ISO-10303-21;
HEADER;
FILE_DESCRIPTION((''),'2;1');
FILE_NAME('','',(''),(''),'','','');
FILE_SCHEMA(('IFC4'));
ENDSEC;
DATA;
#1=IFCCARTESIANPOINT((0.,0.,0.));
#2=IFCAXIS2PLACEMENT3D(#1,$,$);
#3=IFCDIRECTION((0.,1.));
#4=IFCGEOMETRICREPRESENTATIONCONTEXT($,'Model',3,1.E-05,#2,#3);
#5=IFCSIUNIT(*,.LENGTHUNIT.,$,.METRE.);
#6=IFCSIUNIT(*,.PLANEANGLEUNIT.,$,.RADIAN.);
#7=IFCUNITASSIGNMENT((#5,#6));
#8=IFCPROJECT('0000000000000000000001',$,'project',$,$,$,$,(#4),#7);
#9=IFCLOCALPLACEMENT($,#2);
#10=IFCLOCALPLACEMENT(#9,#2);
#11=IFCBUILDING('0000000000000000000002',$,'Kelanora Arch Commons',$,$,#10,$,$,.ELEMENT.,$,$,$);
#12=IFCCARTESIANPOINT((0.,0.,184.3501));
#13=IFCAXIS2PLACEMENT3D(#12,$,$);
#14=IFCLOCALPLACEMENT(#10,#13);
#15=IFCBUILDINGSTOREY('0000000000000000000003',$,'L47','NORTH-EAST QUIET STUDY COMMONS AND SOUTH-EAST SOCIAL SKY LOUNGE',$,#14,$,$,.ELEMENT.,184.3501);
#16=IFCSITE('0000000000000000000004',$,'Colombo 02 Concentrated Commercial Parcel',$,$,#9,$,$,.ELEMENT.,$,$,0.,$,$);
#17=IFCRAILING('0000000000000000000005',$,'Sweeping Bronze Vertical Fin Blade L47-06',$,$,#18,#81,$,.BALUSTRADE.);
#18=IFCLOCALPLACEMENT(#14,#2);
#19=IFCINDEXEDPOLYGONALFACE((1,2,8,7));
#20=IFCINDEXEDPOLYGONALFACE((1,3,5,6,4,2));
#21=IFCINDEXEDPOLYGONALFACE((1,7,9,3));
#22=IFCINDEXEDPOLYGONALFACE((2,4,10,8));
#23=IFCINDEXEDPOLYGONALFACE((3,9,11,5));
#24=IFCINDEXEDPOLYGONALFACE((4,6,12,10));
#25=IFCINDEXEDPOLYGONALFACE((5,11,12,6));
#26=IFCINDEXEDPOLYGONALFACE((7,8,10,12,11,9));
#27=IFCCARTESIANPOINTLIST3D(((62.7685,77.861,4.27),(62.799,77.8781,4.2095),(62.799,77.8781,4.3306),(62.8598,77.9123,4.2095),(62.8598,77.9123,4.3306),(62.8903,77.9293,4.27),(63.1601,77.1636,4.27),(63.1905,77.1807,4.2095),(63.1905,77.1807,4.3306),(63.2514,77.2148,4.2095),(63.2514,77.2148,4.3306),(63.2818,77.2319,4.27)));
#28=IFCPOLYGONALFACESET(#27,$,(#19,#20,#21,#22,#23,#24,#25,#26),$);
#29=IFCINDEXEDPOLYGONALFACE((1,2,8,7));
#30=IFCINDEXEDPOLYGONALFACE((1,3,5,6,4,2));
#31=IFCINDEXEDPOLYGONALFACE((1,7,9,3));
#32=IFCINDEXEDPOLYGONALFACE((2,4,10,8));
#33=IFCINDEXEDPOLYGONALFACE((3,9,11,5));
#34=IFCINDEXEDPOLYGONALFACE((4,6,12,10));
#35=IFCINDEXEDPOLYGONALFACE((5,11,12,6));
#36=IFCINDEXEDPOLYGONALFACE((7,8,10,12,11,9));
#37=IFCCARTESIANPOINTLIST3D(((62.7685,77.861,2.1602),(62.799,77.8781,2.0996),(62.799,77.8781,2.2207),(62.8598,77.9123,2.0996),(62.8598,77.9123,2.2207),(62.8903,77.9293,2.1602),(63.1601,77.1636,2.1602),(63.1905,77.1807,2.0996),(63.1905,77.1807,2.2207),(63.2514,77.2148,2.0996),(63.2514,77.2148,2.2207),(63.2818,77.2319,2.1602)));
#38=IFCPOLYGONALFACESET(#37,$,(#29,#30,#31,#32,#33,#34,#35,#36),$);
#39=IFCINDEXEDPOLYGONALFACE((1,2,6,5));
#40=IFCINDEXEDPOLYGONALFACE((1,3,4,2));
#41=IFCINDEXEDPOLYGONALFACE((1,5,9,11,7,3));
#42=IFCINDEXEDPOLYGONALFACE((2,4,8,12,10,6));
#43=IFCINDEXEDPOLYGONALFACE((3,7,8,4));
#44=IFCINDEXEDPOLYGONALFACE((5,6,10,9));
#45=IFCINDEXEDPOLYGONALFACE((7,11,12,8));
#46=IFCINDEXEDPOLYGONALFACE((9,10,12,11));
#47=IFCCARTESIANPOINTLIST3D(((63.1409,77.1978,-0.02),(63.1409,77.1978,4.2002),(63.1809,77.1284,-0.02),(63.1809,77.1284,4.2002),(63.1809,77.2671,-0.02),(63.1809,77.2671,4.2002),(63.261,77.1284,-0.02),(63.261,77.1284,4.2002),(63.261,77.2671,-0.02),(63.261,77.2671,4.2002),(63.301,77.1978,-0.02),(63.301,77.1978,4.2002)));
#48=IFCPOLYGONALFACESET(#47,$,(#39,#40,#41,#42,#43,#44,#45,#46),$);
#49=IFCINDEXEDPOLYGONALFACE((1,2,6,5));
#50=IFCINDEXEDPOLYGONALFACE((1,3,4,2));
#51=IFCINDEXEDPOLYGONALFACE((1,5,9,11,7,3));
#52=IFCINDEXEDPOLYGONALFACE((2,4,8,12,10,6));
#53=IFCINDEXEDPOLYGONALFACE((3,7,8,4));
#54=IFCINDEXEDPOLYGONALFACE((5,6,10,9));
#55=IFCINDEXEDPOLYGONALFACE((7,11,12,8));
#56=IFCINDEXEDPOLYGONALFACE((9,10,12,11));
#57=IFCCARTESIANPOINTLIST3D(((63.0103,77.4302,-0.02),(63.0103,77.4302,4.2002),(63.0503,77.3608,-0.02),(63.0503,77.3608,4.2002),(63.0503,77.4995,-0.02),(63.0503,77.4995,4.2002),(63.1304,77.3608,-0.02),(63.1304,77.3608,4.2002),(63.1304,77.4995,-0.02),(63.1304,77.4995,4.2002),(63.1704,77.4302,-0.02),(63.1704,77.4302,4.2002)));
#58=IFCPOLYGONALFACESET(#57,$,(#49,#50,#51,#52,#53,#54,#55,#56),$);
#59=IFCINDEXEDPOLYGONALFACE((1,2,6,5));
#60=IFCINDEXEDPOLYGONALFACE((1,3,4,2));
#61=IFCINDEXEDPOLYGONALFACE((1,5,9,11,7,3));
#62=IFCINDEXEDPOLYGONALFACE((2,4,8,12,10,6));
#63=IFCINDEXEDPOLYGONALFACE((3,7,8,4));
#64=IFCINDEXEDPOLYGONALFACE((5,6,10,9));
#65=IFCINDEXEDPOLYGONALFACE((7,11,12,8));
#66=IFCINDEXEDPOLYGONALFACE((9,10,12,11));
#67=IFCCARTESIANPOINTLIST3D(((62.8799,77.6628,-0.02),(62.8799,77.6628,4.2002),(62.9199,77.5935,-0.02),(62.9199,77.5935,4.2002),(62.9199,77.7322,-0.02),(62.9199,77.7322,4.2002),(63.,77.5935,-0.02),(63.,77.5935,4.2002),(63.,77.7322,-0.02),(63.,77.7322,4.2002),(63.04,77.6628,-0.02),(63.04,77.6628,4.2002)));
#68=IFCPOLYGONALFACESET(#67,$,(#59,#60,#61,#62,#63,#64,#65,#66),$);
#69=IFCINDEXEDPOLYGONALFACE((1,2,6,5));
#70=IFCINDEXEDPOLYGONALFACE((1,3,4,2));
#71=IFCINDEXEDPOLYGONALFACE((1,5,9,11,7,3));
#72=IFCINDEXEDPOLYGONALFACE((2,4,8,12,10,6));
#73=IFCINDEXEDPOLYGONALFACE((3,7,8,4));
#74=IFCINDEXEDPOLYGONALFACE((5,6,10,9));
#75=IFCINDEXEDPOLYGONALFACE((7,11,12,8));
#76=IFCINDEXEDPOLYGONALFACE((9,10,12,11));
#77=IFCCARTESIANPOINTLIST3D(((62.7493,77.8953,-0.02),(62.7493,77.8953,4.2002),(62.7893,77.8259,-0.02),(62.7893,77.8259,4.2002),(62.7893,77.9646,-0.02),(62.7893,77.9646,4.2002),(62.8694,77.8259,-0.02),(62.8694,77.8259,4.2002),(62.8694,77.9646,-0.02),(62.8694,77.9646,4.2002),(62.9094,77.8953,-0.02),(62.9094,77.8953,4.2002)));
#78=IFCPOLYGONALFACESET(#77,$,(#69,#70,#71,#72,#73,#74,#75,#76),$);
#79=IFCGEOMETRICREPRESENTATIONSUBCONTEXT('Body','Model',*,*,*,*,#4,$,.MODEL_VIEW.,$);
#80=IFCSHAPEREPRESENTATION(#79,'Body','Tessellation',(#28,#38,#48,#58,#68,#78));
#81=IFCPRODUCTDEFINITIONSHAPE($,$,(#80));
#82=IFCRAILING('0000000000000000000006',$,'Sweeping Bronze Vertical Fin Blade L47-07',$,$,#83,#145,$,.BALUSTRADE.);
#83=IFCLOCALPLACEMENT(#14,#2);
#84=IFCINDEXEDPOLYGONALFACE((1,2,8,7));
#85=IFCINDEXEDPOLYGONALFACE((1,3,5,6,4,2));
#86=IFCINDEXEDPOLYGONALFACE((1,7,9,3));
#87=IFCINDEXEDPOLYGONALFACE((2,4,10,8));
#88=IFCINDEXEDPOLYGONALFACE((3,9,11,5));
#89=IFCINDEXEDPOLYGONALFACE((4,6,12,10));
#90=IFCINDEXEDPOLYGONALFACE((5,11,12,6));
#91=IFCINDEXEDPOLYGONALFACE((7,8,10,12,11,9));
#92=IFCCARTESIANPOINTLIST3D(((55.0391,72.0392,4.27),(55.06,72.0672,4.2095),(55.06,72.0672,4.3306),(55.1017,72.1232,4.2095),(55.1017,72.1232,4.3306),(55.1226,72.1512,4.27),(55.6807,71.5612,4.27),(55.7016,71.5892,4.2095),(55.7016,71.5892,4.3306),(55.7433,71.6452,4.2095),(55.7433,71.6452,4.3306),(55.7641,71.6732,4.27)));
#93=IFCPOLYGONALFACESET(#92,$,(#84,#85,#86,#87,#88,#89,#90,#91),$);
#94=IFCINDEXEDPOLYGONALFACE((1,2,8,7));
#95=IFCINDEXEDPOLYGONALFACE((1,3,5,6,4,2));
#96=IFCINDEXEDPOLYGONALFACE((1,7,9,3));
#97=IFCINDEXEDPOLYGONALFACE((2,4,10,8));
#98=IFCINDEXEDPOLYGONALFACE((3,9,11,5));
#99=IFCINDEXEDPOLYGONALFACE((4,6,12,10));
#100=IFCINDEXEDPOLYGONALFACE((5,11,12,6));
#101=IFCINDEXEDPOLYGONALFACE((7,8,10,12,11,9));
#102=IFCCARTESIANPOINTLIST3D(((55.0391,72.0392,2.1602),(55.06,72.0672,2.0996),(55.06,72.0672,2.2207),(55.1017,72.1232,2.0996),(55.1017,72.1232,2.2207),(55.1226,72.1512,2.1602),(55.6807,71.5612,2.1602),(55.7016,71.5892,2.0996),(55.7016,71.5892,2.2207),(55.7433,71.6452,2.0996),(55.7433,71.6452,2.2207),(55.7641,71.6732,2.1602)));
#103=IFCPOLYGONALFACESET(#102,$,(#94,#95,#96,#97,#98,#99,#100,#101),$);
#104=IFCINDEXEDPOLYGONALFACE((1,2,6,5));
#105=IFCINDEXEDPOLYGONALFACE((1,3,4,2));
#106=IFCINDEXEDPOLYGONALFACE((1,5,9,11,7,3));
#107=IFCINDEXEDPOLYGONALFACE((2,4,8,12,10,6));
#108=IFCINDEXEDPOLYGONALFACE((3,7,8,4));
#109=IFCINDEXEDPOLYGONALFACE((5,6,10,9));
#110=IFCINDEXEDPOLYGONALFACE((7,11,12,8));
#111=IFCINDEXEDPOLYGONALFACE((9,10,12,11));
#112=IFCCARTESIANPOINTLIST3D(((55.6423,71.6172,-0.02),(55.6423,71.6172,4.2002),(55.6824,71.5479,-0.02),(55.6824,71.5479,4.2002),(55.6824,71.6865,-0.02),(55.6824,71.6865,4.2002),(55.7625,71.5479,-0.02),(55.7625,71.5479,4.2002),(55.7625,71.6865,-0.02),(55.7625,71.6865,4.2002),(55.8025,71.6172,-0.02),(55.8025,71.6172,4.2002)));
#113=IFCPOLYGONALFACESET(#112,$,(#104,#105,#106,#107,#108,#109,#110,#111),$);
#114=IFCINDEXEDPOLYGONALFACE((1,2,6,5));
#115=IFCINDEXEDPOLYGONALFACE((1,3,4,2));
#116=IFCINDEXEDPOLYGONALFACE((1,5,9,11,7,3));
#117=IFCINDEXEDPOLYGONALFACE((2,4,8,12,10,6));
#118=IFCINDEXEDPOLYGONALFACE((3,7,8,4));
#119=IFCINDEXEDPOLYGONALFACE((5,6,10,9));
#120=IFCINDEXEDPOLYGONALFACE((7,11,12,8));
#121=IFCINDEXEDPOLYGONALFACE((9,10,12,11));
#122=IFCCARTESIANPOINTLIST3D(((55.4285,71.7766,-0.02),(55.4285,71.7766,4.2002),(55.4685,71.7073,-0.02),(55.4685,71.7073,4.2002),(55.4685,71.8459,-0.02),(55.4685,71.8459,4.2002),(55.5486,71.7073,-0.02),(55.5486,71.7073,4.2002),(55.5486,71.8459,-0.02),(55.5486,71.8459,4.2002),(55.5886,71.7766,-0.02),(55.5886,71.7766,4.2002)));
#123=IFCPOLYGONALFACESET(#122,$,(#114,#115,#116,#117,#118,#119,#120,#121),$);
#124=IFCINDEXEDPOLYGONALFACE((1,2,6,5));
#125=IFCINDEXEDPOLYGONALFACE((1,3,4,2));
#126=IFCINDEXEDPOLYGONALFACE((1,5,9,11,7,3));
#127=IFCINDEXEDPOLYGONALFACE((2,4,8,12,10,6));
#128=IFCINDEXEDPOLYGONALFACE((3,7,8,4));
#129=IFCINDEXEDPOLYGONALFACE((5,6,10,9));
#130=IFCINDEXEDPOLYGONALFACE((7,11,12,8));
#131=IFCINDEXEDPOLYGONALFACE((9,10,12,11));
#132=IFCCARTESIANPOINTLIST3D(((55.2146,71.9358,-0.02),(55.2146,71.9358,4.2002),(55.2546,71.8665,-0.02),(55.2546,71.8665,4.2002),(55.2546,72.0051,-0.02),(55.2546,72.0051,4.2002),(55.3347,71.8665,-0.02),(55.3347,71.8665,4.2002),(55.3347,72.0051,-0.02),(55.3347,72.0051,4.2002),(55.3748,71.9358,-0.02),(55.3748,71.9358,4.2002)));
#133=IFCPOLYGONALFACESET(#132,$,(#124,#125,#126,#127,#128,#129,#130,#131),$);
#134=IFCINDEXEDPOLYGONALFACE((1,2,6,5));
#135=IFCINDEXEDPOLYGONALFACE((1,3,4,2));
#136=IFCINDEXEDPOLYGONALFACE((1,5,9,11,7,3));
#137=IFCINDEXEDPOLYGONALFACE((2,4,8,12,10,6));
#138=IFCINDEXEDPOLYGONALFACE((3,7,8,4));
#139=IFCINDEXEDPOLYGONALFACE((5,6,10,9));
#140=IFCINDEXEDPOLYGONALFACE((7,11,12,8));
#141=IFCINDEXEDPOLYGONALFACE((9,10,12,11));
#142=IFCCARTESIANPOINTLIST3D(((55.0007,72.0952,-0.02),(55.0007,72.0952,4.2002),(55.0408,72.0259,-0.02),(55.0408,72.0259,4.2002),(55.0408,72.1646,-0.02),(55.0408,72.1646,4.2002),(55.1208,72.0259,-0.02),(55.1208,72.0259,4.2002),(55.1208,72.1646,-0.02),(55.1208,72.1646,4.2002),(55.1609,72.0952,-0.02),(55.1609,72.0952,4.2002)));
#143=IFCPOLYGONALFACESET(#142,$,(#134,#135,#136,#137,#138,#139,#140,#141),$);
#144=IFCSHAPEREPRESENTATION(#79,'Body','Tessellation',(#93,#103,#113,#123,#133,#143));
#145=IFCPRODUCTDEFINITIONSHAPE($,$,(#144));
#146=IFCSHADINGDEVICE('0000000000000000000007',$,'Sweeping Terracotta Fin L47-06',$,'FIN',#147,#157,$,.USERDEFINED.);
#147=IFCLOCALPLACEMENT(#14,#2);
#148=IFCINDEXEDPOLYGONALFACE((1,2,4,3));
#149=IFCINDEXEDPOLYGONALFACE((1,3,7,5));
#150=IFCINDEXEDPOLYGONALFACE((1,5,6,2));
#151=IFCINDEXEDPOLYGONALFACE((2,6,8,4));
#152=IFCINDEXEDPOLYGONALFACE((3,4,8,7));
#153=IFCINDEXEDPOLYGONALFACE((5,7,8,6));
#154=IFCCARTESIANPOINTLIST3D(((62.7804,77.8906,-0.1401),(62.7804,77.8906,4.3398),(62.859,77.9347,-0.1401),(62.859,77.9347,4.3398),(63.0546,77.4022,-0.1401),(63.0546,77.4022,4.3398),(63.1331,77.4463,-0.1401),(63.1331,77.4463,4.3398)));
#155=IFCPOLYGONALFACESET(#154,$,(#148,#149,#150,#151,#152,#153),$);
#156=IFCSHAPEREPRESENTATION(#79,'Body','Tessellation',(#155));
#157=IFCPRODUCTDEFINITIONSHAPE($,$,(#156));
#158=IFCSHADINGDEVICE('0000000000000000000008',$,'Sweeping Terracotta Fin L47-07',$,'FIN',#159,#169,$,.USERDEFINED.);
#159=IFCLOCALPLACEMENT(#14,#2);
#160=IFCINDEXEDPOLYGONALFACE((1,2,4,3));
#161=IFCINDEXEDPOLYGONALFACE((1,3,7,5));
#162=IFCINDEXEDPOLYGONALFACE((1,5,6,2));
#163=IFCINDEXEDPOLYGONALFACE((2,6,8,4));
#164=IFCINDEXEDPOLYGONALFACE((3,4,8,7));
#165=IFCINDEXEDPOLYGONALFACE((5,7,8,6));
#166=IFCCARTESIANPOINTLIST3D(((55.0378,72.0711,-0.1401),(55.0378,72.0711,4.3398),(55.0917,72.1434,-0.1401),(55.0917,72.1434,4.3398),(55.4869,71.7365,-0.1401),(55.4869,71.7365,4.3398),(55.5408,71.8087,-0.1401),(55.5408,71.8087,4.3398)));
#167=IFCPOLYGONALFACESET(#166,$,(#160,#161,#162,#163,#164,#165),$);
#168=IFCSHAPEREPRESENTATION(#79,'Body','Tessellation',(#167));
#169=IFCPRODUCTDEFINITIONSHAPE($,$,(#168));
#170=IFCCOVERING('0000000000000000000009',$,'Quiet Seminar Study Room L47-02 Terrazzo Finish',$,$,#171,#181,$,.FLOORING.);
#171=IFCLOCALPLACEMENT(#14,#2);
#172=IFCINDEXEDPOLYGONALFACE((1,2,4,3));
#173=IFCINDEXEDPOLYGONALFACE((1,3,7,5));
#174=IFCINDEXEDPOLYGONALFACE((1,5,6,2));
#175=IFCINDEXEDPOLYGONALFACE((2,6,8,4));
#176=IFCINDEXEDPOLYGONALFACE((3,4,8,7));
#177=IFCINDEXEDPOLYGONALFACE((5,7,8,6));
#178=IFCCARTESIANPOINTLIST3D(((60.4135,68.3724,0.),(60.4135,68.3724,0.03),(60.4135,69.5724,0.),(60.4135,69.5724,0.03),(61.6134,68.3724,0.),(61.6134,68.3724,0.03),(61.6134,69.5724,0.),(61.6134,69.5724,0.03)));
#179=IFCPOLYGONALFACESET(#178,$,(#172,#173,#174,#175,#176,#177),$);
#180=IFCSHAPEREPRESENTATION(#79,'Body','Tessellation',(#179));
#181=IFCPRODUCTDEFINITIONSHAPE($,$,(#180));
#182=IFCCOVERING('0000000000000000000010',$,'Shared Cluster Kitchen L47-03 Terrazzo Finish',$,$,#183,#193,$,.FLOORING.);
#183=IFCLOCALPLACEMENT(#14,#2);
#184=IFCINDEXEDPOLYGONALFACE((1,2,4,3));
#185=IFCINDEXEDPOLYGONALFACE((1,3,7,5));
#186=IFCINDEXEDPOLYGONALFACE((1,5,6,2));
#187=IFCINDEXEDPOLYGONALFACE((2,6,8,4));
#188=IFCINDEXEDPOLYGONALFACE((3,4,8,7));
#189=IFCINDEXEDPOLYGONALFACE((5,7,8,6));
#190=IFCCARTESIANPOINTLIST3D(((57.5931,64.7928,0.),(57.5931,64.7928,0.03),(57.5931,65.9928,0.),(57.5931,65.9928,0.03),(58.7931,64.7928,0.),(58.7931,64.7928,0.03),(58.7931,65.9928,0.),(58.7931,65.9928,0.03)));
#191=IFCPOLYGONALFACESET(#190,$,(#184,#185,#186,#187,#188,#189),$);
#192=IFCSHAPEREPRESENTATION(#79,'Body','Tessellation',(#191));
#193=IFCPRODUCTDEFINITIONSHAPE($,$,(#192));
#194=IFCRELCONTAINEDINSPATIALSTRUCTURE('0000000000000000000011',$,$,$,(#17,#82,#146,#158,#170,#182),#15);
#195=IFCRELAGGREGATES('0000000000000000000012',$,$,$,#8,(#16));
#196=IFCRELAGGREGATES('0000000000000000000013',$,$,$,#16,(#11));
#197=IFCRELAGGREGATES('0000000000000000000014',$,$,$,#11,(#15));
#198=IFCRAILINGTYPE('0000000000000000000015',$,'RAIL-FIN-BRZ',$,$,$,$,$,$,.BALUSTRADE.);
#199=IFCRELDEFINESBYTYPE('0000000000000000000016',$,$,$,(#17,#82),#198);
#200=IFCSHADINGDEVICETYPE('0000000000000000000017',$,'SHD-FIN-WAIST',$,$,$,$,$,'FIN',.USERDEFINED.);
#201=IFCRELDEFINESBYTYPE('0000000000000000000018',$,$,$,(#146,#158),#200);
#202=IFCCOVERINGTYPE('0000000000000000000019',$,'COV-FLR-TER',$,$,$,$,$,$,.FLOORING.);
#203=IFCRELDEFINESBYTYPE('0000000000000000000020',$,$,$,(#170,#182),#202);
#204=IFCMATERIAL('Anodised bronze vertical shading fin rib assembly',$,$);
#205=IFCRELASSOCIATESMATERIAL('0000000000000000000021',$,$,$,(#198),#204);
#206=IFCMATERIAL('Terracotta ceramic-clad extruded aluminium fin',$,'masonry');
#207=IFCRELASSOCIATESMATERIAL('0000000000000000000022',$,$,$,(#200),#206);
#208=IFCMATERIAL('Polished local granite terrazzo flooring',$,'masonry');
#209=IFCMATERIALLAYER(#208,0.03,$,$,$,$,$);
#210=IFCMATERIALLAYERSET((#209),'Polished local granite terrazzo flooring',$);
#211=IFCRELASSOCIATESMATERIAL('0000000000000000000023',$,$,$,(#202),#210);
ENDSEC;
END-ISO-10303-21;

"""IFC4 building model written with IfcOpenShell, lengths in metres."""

from ifc_helpers import new_model, si_unit, direction, frame, origin, origin_2d, place, context, subcontext, project, spatial, polyline, rectangle, outline, extrude, source, transform, mapped, material, layer, layer_set, type_object, element, save


model = new_model("IFC4")

# Units and contexts
model_context = context("Model", 3, precision=1e-05, world=origin(), true_north=direction((0.0, 1.0)))
body_context = subcontext(model_context, "Body", "Model", "MODEL_VIEW")
ifc_project = project(units=[si_unit("LENGTHUNIT", "METRE"), si_unit("PLANEANGLEUNIT", "RADIAN")], contexts=[model_context])

# Site, building, storey
site_placement = place(None, origin())
site = spatial("IfcSite", under=ifc_project, at=site_placement, Name="Colombo 02 Concentrated Commercial Parcel", CompositionType="ELEMENT", RefElevation=0.0)
building_placement = place(site_placement, origin())
building = spatial("IfcBuilding", under=site, at=building_placement, Name="Kelanora Arch Commons", CompositionType="ELEMENT")
storey_placement = place(building_placement, frame((0.0, 0.0, 184.3501)))
storey = spatial("IfcBuildingStorey", under=building, at=storey_placement, Name="L47", Description="NORTH-EAST QUIET STUDY COMMONS AND SOUTH-EAST SOCIAL SKY LOUNGE", CompositionType="ELEMENT", Elevation=184.3501)

# Railings
ifc_material_1 = material(Name="Anodised bronze vertical shading fin rib assembly")
railing_type = type_object("IfcRailingType", Name="RAIL-FIN-BRZ", PredefinedType="BALUSTRADE", material=ifc_material_1)
railing_1_placement = place(storey_placement, frame((63.2209, 77.1978, -0.02)))
element("IfcRailing", 1, at=railing_1_placement, inside=storey, type_object=railing_type, Name="Sweeping Bronze Vertical Fin Blade L47-06", PredefinedType="BALUSTRADE", context=body_context, shape_type="SweptSolid", body=[
    extrude(outline(polyline([(0.0698, 0.0), (0.0349, 0.0605), (-0.0349, 0.0605), (-0.0698, 0.0), (-0.0349, -0.0605), (0.0349, -0.0605), (0.0698, 0.0)])), frame((0.0, 0.0, 4.29), z_axis=(-0.489551, 0.871975, 0.0), x_axis=(-0.871975, -0.489551, 0.0)), (0.0, 0.0, 1.0), 0.7998),
    extrude(outline(polyline([(0.0698, 0.0), (0.0349, 0.0605), (-0.0349, 0.0605), (-0.0698, 0.0), (-0.0349, -0.0605), (0.0349, -0.0605), (0.0698, 0.0)])), frame((0.0, 0.0, 2.1802), z_axis=(-0.489551, 0.871975, 0.0), x_axis=(-0.871975, -0.489551, 0.0)), (0.0, 0.0, 1.0), 0.7998),
    extrude(outline(polyline([(0.0801, 0.0), (0.04, 0.0693), (-0.04, 0.0693), (-0.0801, 0.0), (-0.04, -0.0693), (0.04, -0.0693), (0.0801, 0.0)])), origin(), (0.0, 0.0, 1.0), 4.2202),
    extrude(outline(polyline([(0.0801, 0.0), (0.04, 0.0693), (-0.04, 0.0693), (-0.0801, 0.0), (-0.04, -0.0693), (0.04, -0.0693), (0.0801, 0.0)])), frame((-0.1306, 0.2324, 0.0)), (0.0, 0.0, 1.0), 4.2202),
    extrude(outline(polyline([(0.0801, 0.0), (0.04, 0.0693), (-0.04, 0.0693), (-0.0801, 0.0), (-0.04, -0.0693), (0.04, -0.0693), (0.0801, 0.0)])), frame((-0.261, 0.4651, 0.0)), (0.0, 0.0, 1.0), 4.2202),
    extrude(outline(polyline([(0.0801, 0.0), (0.04, 0.0693), (-0.04, 0.0693), (-0.0801, 0.0), (-0.04, -0.0693), (0.04, -0.0693), (0.0801, 0.0)])), frame((-0.3916, 0.6975, 0.0)), (0.0, 0.0, 1.0), 4.2202),
])
railing_2_placement = place(storey_placement, frame((55.7224, 71.6172, -0.02)))
element("IfcRailing", 2, at=railing_2_placement, inside=storey, type_object=railing_type, Name="Sweeping Bronze Vertical Fin Blade L47-07", PredefinedType="BALUSTRADE", context=body_context, shape_type="SweptSolid", body=[
    extrude(outline(polyline([(0.0698, 0.0), (0.0349, 0.0605), (-0.0349, 0.0605), (-0.0698, 0.0), (-0.0349, -0.0605), (0.0349, -0.0605), (0.0698, 0.0)])), frame((0.0, 0.0, 4.29), z_axis=(-0.8019, 0.597458, 0.0), x_axis=(-0.597458, -0.8019, 0.0)), (0.0, 0.0, 1.0), 0.8),
    extrude(outline(polyline([(0.0698, 0.0), (0.0349, 0.0605), (-0.0349, 0.0605), (-0.0698, 0.0), (-0.0349, -0.0605), (0.0349, -0.0605), (0.0698, 0.0)])), frame((0.0, 0.0, 2.1802), z_axis=(-0.8019, 0.597458, 0.0), x_axis=(-0.597458, -0.8019, 0.0)), (0.0, 0.0, 1.0), 0.8),
    extrude(outline(polyline([(0.0801, 0.0), (0.04, 0.0693), (-0.04, 0.0693), (-0.0801, 0.0), (-0.04, -0.0693), (0.04, -0.0693), (0.0801, 0.0)])), origin(), (0.0, 0.0, 1.0), 4.2202),
    extrude(outline(polyline([(0.0801, 0.0), (0.04, 0.0693), (-0.04, 0.0693), (-0.0801, 0.0), (-0.04, -0.0693), (0.04, -0.0693), (0.0801, 0.0)])), frame((-0.2139, 0.1594, 0.0)), (0.0, 0.0, 1.0), 4.2202),
    extrude(outline(polyline([(0.0801, 0.0), (0.04, 0.0693), (-0.04, 0.0693), (-0.0801, 0.0), (-0.04, -0.0693), (0.04, -0.0693), (0.0801, 0.0)])), frame((-0.4277, 0.3186, 0.0)), (0.0, 0.0, 1.0), 4.2202),
    extrude(outline(polyline([(0.0801, 0.0), (0.04, 0.0693), (-0.04, 0.0693), (-0.0801, 0.0), (-0.04, -0.0693), (0.04, -0.0693), (0.0801, 0.0)])), frame((-0.6416, 0.478, 0.0)), (0.0, 0.0, 1.0), 4.2202),
])

# Shading devices
ifc_material_2 = material(Name="Terracotta ceramic-clad extruded aluminium fin", Category="masonry")
shading_device_type = type_object("IfcShadingDeviceType", Name="SHD-FIN-WAIST", ElementType="FIN", PredefinedType="USERDEFINED", material=ifc_material_2)
shared_shape_1 = source(origin(), body_context, "Body", "SweptSolid", [
    extrude(rectangle(XDim=0.5601, YDim=0.0901, at=origin_2d()), origin(), (0.0, 0.0, 1.0), 4.48),
])
for number, where, z_axis, x_axis, name in (
    (3, (62.9568, 77.6685, -0.1401), (0.0, 0.0, 1.0), (-0.489535, 0.871984, 0.0), "Sweeping Terracotta Fin L47-06"),
    (4, (55.2893, 71.9399, -0.1401), (0.0, 0.0, 1.0), (-0.80188, 0.597485, 0.0), "Sweeping Terracotta Fin L47-07"),
):
    element("IfcShadingDevice", number, at=place(storey_placement, frame(where, z_axis=z_axis, x_axis=x_axis)), inside=storey, type_object=shading_device_type, Name=name, ObjectType="FIN", PredefinedType="USERDEFINED", context=body_context, shape_type="MappedRepresentation", body=[
        mapped(shared_shape_1, transform((0.0, 0.0, 0.0), scale=1.0)),
    ])

# Coverings
ifc_material_3 = material(Name="Polished local granite terrazzo flooring", Category="masonry")
ifc_layer_1 = layer(ifc_material_3, 0.03)
ifc_layer_set_1 = layer_set([ifc_layer_1], Name="Polished local granite terrazzo flooring")
covering_type = type_object("IfcCoveringType", Name="COV-FLR-TER", PredefinedType="FLOORING", material=ifc_layer_set_1)
shared_shape_2 = source(origin(), body_context, "Body", "SweptSolid", [
    extrude(rectangle(XDim=1.2, YDim=1.2, at=origin_2d()), origin(), (0.0, 0.0, 1.0), 0.03),
])
for number, where, z_axis, x_axis, name in (
    (5, (61.0134, 68.9724, 0.0), (0.0, 0.0, 1.0), (1.0, 0.0, 0.0), "Quiet Seminar Study Room L47-02 Terrazzo Finish"),
    (6, (58.1931, 65.3928, 0.0), (0.0, 0.0, 1.0), (1.0, 0.0, 0.0), "Shared Cluster Kitchen L47-03 Terrazzo Finish"),
):
    element("IfcCovering", number, at=place(storey_placement, frame(where, z_axis=z_axis, x_axis=x_axis)), inside=storey, type_object=covering_type, Name=name, PredefinedType="FLOORING", context=body_context, shape_type="MappedRepresentation", body=[
        mapped(shared_shape_2, transform((0.0, 0.0, 0.0), scale=1.0)),
    ])

save(model, "model.ifc")
